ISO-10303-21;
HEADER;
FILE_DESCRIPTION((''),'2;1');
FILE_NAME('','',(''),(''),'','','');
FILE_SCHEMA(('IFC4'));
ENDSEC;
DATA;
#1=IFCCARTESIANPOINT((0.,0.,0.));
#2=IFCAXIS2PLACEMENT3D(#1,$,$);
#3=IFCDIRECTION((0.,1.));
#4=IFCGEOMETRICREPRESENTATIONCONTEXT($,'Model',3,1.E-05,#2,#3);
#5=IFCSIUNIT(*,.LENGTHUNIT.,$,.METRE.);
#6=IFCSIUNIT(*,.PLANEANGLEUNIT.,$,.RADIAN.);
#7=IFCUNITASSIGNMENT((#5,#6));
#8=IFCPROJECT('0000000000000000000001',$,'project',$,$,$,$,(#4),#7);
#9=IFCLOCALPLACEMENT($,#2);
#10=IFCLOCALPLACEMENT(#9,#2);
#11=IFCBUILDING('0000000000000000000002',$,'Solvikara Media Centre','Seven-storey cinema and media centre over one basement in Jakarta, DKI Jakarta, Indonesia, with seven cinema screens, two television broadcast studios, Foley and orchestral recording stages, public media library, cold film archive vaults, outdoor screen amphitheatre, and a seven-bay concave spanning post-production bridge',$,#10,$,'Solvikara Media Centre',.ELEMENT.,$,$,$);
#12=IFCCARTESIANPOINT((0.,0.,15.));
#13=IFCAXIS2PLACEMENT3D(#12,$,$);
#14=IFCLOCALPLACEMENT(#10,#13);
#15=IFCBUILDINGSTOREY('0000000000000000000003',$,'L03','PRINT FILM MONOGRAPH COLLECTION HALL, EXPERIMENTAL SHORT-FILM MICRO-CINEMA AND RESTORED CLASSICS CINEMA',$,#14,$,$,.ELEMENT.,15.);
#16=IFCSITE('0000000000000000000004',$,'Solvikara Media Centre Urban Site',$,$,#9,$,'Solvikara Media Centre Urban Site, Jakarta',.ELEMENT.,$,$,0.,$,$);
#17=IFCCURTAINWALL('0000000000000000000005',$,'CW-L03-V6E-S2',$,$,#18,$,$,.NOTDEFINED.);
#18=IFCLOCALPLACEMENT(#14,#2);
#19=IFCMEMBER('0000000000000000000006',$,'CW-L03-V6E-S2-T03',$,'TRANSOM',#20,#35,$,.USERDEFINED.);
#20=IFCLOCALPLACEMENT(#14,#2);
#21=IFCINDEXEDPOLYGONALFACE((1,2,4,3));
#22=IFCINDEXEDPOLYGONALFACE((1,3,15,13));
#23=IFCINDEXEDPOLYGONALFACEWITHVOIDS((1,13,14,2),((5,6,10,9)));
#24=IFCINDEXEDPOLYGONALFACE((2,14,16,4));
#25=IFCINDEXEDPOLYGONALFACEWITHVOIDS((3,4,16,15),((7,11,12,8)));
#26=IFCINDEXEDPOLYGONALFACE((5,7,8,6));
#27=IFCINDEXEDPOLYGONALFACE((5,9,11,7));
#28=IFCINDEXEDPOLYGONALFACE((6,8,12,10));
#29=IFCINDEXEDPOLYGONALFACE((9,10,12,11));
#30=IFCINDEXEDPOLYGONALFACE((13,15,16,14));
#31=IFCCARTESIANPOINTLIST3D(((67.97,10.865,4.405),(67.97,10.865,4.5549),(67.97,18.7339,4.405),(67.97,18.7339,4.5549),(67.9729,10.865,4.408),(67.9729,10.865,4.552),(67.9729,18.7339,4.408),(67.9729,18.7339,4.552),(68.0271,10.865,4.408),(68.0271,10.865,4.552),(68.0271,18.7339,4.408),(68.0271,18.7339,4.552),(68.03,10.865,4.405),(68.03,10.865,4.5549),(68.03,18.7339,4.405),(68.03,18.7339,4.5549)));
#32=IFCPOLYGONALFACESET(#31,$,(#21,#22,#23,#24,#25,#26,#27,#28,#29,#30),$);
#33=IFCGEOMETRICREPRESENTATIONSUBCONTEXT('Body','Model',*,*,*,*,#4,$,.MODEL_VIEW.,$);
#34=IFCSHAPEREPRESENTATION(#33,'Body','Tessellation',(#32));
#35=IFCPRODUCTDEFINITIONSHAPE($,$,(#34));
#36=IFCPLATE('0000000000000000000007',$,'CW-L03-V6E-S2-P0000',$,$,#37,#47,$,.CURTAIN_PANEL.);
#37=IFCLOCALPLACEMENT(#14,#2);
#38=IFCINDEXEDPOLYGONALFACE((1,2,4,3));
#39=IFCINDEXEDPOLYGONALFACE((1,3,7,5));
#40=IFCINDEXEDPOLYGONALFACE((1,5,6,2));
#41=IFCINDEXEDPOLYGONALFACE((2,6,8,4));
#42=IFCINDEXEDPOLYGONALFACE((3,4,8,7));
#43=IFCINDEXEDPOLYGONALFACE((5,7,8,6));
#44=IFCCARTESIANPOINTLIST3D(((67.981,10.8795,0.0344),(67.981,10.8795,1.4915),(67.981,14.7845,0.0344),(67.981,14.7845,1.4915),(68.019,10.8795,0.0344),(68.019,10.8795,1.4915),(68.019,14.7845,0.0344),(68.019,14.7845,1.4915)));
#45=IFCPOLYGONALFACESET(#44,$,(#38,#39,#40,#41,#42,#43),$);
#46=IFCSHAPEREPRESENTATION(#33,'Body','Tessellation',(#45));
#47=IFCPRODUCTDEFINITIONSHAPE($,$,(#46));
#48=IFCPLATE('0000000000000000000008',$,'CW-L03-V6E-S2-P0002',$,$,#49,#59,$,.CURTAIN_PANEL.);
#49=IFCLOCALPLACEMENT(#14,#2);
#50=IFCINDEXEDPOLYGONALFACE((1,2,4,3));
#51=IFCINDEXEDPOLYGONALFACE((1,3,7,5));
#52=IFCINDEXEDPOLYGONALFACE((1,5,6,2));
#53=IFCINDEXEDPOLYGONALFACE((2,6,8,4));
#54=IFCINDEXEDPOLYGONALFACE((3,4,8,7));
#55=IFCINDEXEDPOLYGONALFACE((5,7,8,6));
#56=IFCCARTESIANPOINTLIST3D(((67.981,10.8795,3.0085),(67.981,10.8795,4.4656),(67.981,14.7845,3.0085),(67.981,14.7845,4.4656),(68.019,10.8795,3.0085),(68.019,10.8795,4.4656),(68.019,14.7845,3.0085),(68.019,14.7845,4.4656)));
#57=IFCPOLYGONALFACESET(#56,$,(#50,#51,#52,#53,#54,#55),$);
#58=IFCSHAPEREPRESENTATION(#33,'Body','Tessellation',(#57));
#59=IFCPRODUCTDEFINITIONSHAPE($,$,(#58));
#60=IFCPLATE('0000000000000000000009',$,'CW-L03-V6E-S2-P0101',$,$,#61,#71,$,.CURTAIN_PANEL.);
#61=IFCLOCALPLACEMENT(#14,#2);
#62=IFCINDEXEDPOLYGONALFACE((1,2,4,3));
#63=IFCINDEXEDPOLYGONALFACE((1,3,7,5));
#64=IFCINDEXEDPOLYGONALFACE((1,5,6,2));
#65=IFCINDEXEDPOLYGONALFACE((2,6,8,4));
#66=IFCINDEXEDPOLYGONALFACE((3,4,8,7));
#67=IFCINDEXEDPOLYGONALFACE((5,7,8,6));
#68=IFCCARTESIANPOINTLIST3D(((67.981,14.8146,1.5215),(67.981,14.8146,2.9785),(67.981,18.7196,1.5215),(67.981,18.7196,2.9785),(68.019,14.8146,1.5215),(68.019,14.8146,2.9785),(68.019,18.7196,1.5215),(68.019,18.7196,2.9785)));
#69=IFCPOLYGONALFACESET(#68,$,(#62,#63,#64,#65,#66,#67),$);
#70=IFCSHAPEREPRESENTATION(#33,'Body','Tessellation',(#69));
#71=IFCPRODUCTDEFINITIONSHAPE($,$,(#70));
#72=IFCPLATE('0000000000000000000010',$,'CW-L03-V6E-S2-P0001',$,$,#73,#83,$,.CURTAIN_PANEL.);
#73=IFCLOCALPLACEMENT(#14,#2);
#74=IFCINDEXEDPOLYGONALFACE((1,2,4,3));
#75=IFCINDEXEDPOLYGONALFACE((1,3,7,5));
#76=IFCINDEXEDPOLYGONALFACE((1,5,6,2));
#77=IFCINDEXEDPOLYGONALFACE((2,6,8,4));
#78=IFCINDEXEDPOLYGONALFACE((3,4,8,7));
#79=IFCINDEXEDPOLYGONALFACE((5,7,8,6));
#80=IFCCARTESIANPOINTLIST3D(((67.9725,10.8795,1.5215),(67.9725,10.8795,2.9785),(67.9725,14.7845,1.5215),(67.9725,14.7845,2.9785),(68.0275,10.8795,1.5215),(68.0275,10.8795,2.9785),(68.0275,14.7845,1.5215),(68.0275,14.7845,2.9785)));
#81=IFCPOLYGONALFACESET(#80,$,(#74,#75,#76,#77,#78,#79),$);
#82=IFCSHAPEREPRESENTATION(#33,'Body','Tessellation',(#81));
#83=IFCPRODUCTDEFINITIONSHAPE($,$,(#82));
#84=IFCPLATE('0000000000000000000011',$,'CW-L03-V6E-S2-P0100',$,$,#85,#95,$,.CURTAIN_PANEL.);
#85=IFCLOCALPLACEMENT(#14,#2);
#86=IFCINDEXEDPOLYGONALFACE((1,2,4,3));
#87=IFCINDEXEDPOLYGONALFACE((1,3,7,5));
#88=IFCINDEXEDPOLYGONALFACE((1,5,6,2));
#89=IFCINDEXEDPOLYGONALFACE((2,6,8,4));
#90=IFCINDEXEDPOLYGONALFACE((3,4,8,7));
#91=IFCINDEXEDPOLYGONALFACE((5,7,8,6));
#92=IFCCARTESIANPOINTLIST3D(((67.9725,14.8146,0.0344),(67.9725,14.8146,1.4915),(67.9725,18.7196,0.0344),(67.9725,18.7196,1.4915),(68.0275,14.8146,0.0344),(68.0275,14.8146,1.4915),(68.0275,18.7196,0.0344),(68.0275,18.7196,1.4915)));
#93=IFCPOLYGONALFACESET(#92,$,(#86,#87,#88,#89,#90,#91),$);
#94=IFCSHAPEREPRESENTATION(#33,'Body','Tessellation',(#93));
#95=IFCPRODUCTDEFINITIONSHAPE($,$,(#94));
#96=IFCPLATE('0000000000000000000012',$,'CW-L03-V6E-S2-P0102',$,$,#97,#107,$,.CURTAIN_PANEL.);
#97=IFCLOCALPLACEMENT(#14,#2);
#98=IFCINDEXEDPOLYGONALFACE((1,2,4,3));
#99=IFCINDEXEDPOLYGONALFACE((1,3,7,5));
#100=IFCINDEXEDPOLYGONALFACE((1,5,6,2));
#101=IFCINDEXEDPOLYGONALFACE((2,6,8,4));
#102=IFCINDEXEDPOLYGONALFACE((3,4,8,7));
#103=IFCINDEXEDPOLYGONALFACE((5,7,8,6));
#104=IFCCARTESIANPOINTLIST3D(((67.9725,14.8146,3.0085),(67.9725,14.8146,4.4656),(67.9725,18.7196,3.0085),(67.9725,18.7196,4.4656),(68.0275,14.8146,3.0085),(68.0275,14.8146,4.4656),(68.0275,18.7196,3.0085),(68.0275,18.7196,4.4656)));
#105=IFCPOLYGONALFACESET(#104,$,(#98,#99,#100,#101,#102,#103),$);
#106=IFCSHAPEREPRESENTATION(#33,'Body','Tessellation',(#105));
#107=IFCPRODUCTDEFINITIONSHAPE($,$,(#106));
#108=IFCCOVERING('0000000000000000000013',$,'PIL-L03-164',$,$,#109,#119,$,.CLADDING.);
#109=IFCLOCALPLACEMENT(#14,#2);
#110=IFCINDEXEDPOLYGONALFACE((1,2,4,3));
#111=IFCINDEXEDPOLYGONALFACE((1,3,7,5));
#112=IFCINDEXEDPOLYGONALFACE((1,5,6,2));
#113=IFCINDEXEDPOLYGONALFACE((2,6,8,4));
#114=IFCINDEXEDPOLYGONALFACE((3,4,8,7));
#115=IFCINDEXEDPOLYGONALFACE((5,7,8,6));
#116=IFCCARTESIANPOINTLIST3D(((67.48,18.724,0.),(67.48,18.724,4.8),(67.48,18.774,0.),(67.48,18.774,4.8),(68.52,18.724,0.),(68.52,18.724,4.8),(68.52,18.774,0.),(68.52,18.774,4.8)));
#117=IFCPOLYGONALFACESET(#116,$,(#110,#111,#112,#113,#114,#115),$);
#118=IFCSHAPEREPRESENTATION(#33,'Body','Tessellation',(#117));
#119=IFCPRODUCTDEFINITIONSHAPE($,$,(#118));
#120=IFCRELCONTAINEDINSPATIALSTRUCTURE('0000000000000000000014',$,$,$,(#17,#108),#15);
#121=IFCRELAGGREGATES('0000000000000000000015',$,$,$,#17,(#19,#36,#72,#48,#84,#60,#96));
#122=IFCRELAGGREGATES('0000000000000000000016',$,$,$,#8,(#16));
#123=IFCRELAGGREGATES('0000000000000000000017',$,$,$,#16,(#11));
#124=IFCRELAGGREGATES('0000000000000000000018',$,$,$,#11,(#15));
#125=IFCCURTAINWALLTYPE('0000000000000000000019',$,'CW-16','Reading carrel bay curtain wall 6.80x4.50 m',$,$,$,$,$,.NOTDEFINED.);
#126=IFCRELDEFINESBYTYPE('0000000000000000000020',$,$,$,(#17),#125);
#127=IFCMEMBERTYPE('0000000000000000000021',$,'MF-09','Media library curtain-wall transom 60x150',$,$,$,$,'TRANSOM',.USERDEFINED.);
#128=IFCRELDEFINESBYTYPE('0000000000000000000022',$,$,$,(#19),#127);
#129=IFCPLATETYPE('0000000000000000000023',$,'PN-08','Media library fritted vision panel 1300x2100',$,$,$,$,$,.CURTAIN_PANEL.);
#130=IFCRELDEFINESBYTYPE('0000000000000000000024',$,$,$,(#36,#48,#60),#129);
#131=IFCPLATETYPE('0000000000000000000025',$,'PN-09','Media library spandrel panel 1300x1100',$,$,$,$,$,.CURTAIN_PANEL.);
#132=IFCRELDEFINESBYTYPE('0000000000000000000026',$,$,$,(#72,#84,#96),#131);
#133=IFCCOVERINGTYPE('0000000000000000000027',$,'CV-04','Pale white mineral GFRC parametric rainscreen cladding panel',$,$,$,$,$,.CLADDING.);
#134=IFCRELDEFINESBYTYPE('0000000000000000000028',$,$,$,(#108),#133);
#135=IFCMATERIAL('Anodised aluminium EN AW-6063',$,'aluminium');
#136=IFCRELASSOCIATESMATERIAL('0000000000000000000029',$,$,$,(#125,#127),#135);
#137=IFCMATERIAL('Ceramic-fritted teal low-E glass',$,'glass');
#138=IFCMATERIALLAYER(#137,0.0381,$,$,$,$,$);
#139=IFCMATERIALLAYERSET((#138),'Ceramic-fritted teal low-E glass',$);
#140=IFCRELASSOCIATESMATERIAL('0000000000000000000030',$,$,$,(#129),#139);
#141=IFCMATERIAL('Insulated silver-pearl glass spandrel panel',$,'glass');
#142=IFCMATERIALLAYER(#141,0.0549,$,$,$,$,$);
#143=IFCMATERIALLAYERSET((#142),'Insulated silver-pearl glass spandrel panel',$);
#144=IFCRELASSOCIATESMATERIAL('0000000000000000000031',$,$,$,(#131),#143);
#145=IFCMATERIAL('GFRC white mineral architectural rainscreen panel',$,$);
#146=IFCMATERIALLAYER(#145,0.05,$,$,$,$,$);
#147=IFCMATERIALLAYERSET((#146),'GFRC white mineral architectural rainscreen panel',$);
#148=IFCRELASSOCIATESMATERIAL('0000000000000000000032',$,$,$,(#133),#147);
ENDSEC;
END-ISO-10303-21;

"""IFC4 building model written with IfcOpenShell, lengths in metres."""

from ifc_helpers import new_model, si_unit, direction, frame, origin, origin_2d, place, context, subcontext, project, spatial, rectangle, hollow_rectangle, extrude, material, layer, layer_set, material_profile, profile_set, type_object, element, aggregate, save


model = new_model("IFC4")

# Units and contexts
model_context = context("Model", 3, precision=1e-05, world=origin(), true_north=direction((0.0, 1.0)))
body_context = subcontext(model_context, "Body", "Model", "MODEL_VIEW")
ifc_project = project(units=[si_unit("LENGTHUNIT", "METRE"), si_unit("PLANEANGLEUNIT", "RADIAN")], contexts=[model_context])

# Site, building, storey
site_placement = place(None, origin())
site = spatial("IfcSite", under=ifc_project, at=site_placement, Name="Solvikara Media Centre Urban Site", LongName="Solvikara Media Centre Urban Site, Jakarta", CompositionType="ELEMENT", RefElevation=0.0)
building_placement = place(site_placement, origin())
building = spatial("IfcBuilding", under=site, at=building_placement, Name="Solvikara Media Centre", Description="Seven-storey cinema and media centre over one basement in Jakarta, DKI Jakarta, Indonesia, with seven cinema screens, two television broadcast studios, Foley and orchestral recording stages, public media library, cold film archive vaults, outdoor screen amphitheatre, and a seven-bay concave spanning post-production bridge", LongName="Solvikara Media Centre", CompositionType="ELEMENT")
storey_placement = place(building_placement, frame((0.0, 0.0, 15.0)))
storey = spatial("IfcBuildingStorey", under=building, at=storey_placement, Name="L03", Description="PRINT FILM MONOGRAPH COLLECTION HALL, EXPERIMENTAL SHORT-FILM MICRO-CINEMA AND RESTORED CLASSICS CINEMA", CompositionType="ELEMENT", Elevation=15.0)

# Curtain wall, member, plates
ifc_material_1 = material(Name="Anodised aluminium EN AW-6063", Category="aluminium")
curtain_wall_type = type_object("IfcCurtainWallType", Name="CW-16", Description="Reading carrel bay curtain wall 6.80x4.50 m", PredefinedType="NOTDEFINED", material=ifc_material_1)
curtain_wall_placement = place(storey_placement, origin())
curtain_wall = element("IfcCurtainWall", 1, at=curtain_wall_placement, inside=storey, type_object=curtain_wall_type, Name="CW-L03-V6E-S2", PredefinedType="NOTDEFINED")
ifc_material_profile_1 = material_profile(ifc_material_1, hollow_rectangle(XDim=0.0601, YDim=0.1499, WallThickness=0.0029, at=origin_2d()), Name="ALU-T 60x150x3")
ifc_profile_set_1 = profile_set([ifc_material_profile_1], Name="Anodised aluminium EN AW-6063")
member_type_1 = type_object("IfcMemberType", Name="MF-09", Description="Media library curtain-wall transom 60x150", ElementType="TRANSOM", PredefinedType="USERDEFINED", material=ifc_profile_set_1)
member_1_placement = place(storey_placement, frame((68.0, 10.865, 4.48), z_axis=(0.0, 1.0, 0.0), x_axis=(-1.0, 0.0, 0.0)))
member_1 = element("IfcMember", 2, at=member_1_placement, type_object=member_type_1, Name="CW-L03-V6E-S2-T03", ObjectType="TRANSOM", PredefinedType="USERDEFINED", context=body_context, shape_type="SweptSolid", body=[
    extrude(hollow_rectangle(XDim=0.0601, YDim=0.1499, WallThickness=0.0029, at=origin_2d()), origin(), (0.0, 0.0, 1.0), 7.8689),
])
ifc_material_2 = material(Name="Ceramic-fritted teal low-E glass", Category="glass")
ifc_layer_1 = layer(ifc_material_2, 0.0381)
ifc_layer_set_1 = layer_set([ifc_layer_1], Name="Ceramic-fritted teal low-E glass")
plate_type_1 = type_object("IfcPlateType", Name="PN-08", Description="Media library fritted vision panel 1300x2100", PredefinedType="CURTAIN_PANEL", material=ifc_layer_set_1)
plate_1_placement = place(storey_placement, frame((68.0, 12.832, 0.0344), z_axis=(0.0, 0.0, 1.0), x_axis=(0.0, 1.0, 0.0)))
plate_1 = element("IfcPlate", 3, at=plate_1_placement, type_object=plate_type_1, Name="CW-L03-V6E-S2-P0000", PredefinedType="CURTAIN_PANEL", context=body_context, shape_type="SweptSolid", body=[
    extrude(rectangle(XDim=3.905, YDim=0.0381, at=origin_2d()), origin(), (0.0, 0.0, 1.0), 1.457),
])
plate_2_placement = place(storey_placement, frame((68.0, 12.832, 3.0085), z_axis=(0.0, 0.0, 1.0), x_axis=(0.0, 1.0, 0.0)))
plate_2 = element("IfcPlate", 4, at=plate_2_placement, type_object=plate_type_1, Name="CW-L03-V6E-S2-P0002", PredefinedType="CURTAIN_PANEL", context=body_context, shape_type="SweptSolid", body=[
    extrude(rectangle(XDim=3.905, YDim=0.0381, at=origin_2d()), origin(), (0.0, 0.0, 1.0), 1.457),
])
plate_3_placement = place(storey_placement, frame((68.0, 16.7671, 1.5215), z_axis=(0.0, 0.0, 1.0), x_axis=(0.0, 1.0, 0.0)))
plate_3 = element("IfcPlate", 5, at=plate_3_placement, type_object=plate_type_1, Name="CW-L03-V6E-S2-P0101", PredefinedType="CURTAIN_PANEL", context=body_context, shape_type="SweptSolid", body=[
    extrude(rectangle(XDim=3.905, YDim=0.0381, at=origin_2d()), origin(), (0.0, 0.0, 1.0), 1.457),
])
ifc_material_3 = material(Name="Insulated silver-pearl glass spandrel panel", Category="glass")
ifc_layer_2 = layer(ifc_material_3, 0.0549)
ifc_layer_set_2 = layer_set([ifc_layer_2], Name="Insulated silver-pearl glass spandrel panel")
plate_type_2 = type_object("IfcPlateType", Name="PN-09", Description="Media library spandrel panel 1300x1100", PredefinedType="CURTAIN_PANEL", material=ifc_layer_set_2)
plate_4_placement = place(storey_placement, frame((68.0, 12.832, 1.5215), z_axis=(0.0, 0.0, 1.0), x_axis=(0.0, 1.0, 0.0)))
plate_4 = element("IfcPlate", 6, at=plate_4_placement, type_object=plate_type_2, Name="CW-L03-V6E-S2-P0001", PredefinedType="CURTAIN_PANEL", context=body_context, shape_type="SweptSolid", body=[
    extrude(rectangle(XDim=3.905, YDim=0.0549, at=origin_2d()), origin(), (0.0, 0.0, 1.0), 1.457),
])
plate_5_placement = place(storey_placement, frame((68.0, 16.7671, 0.0344), z_axis=(0.0, 0.0, 1.0), x_axis=(0.0, 1.0, 0.0)))
plate_5 = element("IfcPlate", 7, at=plate_5_placement, type_object=plate_type_2, Name="CW-L03-V6E-S2-P0100", PredefinedType="CURTAIN_PANEL", context=body_context, shape_type="SweptSolid", body=[
    extrude(rectangle(XDim=3.905, YDim=0.0549, at=origin_2d()), origin(), (0.0, 0.0, 1.0), 1.457),
])
plate_6_placement = place(storey_placement, frame((68.0, 16.7671, 3.0085), z_axis=(0.0, 0.0, 1.0), x_axis=(0.0, 1.0, 0.0)))
plate_6 = element("IfcPlate", 8, at=plate_6_placement, type_object=plate_type_2, Name="CW-L03-V6E-S2-P0102", PredefinedType="CURTAIN_PANEL", context=body_context, shape_type="SweptSolid", body=[
    extrude(rectangle(XDim=3.905, YDim=0.0549, at=origin_2d()), origin(), (0.0, 0.0, 1.0), 1.457),
])
aggregate(curtain_wall, [member_1, plate_1, plate_4, plate_2, plate_5, plate_3, plate_6])

# Covering
ifc_material_4 = material(Name="GFRC white mineral architectural rainscreen panel")
ifc_layer_3 = layer(ifc_material_4, 0.05)
ifc_layer_set_3 = layer_set([ifc_layer_3], Name="GFRC white mineral architectural rainscreen panel")
covering_type = type_object("IfcCoveringType", Name="CV-04", Description="Pale white mineral GFRC parametric rainscreen cladding panel", PredefinedType="CLADDING", material=ifc_layer_set_3)
covering_placement = place(storey_placement, frame((68.0, 18.749, 0.0), z_axis=(0.0, 0.0, 1.0), x_axis=(1.0, 0.0, 0.0)))
element("IfcCovering", 9, at=covering_placement, inside=storey, type_object=covering_type, Name="PIL-L03-164", PredefinedType="CLADDING", context=body_context, shape_type="SweptSolid", body=[
    extrude(rectangle(XDim=1.04, YDim=0.05, at=origin_2d()), origin(), (0.0, 0.0, 1.0), 4.8),
])

save(model, "model.ifc")
